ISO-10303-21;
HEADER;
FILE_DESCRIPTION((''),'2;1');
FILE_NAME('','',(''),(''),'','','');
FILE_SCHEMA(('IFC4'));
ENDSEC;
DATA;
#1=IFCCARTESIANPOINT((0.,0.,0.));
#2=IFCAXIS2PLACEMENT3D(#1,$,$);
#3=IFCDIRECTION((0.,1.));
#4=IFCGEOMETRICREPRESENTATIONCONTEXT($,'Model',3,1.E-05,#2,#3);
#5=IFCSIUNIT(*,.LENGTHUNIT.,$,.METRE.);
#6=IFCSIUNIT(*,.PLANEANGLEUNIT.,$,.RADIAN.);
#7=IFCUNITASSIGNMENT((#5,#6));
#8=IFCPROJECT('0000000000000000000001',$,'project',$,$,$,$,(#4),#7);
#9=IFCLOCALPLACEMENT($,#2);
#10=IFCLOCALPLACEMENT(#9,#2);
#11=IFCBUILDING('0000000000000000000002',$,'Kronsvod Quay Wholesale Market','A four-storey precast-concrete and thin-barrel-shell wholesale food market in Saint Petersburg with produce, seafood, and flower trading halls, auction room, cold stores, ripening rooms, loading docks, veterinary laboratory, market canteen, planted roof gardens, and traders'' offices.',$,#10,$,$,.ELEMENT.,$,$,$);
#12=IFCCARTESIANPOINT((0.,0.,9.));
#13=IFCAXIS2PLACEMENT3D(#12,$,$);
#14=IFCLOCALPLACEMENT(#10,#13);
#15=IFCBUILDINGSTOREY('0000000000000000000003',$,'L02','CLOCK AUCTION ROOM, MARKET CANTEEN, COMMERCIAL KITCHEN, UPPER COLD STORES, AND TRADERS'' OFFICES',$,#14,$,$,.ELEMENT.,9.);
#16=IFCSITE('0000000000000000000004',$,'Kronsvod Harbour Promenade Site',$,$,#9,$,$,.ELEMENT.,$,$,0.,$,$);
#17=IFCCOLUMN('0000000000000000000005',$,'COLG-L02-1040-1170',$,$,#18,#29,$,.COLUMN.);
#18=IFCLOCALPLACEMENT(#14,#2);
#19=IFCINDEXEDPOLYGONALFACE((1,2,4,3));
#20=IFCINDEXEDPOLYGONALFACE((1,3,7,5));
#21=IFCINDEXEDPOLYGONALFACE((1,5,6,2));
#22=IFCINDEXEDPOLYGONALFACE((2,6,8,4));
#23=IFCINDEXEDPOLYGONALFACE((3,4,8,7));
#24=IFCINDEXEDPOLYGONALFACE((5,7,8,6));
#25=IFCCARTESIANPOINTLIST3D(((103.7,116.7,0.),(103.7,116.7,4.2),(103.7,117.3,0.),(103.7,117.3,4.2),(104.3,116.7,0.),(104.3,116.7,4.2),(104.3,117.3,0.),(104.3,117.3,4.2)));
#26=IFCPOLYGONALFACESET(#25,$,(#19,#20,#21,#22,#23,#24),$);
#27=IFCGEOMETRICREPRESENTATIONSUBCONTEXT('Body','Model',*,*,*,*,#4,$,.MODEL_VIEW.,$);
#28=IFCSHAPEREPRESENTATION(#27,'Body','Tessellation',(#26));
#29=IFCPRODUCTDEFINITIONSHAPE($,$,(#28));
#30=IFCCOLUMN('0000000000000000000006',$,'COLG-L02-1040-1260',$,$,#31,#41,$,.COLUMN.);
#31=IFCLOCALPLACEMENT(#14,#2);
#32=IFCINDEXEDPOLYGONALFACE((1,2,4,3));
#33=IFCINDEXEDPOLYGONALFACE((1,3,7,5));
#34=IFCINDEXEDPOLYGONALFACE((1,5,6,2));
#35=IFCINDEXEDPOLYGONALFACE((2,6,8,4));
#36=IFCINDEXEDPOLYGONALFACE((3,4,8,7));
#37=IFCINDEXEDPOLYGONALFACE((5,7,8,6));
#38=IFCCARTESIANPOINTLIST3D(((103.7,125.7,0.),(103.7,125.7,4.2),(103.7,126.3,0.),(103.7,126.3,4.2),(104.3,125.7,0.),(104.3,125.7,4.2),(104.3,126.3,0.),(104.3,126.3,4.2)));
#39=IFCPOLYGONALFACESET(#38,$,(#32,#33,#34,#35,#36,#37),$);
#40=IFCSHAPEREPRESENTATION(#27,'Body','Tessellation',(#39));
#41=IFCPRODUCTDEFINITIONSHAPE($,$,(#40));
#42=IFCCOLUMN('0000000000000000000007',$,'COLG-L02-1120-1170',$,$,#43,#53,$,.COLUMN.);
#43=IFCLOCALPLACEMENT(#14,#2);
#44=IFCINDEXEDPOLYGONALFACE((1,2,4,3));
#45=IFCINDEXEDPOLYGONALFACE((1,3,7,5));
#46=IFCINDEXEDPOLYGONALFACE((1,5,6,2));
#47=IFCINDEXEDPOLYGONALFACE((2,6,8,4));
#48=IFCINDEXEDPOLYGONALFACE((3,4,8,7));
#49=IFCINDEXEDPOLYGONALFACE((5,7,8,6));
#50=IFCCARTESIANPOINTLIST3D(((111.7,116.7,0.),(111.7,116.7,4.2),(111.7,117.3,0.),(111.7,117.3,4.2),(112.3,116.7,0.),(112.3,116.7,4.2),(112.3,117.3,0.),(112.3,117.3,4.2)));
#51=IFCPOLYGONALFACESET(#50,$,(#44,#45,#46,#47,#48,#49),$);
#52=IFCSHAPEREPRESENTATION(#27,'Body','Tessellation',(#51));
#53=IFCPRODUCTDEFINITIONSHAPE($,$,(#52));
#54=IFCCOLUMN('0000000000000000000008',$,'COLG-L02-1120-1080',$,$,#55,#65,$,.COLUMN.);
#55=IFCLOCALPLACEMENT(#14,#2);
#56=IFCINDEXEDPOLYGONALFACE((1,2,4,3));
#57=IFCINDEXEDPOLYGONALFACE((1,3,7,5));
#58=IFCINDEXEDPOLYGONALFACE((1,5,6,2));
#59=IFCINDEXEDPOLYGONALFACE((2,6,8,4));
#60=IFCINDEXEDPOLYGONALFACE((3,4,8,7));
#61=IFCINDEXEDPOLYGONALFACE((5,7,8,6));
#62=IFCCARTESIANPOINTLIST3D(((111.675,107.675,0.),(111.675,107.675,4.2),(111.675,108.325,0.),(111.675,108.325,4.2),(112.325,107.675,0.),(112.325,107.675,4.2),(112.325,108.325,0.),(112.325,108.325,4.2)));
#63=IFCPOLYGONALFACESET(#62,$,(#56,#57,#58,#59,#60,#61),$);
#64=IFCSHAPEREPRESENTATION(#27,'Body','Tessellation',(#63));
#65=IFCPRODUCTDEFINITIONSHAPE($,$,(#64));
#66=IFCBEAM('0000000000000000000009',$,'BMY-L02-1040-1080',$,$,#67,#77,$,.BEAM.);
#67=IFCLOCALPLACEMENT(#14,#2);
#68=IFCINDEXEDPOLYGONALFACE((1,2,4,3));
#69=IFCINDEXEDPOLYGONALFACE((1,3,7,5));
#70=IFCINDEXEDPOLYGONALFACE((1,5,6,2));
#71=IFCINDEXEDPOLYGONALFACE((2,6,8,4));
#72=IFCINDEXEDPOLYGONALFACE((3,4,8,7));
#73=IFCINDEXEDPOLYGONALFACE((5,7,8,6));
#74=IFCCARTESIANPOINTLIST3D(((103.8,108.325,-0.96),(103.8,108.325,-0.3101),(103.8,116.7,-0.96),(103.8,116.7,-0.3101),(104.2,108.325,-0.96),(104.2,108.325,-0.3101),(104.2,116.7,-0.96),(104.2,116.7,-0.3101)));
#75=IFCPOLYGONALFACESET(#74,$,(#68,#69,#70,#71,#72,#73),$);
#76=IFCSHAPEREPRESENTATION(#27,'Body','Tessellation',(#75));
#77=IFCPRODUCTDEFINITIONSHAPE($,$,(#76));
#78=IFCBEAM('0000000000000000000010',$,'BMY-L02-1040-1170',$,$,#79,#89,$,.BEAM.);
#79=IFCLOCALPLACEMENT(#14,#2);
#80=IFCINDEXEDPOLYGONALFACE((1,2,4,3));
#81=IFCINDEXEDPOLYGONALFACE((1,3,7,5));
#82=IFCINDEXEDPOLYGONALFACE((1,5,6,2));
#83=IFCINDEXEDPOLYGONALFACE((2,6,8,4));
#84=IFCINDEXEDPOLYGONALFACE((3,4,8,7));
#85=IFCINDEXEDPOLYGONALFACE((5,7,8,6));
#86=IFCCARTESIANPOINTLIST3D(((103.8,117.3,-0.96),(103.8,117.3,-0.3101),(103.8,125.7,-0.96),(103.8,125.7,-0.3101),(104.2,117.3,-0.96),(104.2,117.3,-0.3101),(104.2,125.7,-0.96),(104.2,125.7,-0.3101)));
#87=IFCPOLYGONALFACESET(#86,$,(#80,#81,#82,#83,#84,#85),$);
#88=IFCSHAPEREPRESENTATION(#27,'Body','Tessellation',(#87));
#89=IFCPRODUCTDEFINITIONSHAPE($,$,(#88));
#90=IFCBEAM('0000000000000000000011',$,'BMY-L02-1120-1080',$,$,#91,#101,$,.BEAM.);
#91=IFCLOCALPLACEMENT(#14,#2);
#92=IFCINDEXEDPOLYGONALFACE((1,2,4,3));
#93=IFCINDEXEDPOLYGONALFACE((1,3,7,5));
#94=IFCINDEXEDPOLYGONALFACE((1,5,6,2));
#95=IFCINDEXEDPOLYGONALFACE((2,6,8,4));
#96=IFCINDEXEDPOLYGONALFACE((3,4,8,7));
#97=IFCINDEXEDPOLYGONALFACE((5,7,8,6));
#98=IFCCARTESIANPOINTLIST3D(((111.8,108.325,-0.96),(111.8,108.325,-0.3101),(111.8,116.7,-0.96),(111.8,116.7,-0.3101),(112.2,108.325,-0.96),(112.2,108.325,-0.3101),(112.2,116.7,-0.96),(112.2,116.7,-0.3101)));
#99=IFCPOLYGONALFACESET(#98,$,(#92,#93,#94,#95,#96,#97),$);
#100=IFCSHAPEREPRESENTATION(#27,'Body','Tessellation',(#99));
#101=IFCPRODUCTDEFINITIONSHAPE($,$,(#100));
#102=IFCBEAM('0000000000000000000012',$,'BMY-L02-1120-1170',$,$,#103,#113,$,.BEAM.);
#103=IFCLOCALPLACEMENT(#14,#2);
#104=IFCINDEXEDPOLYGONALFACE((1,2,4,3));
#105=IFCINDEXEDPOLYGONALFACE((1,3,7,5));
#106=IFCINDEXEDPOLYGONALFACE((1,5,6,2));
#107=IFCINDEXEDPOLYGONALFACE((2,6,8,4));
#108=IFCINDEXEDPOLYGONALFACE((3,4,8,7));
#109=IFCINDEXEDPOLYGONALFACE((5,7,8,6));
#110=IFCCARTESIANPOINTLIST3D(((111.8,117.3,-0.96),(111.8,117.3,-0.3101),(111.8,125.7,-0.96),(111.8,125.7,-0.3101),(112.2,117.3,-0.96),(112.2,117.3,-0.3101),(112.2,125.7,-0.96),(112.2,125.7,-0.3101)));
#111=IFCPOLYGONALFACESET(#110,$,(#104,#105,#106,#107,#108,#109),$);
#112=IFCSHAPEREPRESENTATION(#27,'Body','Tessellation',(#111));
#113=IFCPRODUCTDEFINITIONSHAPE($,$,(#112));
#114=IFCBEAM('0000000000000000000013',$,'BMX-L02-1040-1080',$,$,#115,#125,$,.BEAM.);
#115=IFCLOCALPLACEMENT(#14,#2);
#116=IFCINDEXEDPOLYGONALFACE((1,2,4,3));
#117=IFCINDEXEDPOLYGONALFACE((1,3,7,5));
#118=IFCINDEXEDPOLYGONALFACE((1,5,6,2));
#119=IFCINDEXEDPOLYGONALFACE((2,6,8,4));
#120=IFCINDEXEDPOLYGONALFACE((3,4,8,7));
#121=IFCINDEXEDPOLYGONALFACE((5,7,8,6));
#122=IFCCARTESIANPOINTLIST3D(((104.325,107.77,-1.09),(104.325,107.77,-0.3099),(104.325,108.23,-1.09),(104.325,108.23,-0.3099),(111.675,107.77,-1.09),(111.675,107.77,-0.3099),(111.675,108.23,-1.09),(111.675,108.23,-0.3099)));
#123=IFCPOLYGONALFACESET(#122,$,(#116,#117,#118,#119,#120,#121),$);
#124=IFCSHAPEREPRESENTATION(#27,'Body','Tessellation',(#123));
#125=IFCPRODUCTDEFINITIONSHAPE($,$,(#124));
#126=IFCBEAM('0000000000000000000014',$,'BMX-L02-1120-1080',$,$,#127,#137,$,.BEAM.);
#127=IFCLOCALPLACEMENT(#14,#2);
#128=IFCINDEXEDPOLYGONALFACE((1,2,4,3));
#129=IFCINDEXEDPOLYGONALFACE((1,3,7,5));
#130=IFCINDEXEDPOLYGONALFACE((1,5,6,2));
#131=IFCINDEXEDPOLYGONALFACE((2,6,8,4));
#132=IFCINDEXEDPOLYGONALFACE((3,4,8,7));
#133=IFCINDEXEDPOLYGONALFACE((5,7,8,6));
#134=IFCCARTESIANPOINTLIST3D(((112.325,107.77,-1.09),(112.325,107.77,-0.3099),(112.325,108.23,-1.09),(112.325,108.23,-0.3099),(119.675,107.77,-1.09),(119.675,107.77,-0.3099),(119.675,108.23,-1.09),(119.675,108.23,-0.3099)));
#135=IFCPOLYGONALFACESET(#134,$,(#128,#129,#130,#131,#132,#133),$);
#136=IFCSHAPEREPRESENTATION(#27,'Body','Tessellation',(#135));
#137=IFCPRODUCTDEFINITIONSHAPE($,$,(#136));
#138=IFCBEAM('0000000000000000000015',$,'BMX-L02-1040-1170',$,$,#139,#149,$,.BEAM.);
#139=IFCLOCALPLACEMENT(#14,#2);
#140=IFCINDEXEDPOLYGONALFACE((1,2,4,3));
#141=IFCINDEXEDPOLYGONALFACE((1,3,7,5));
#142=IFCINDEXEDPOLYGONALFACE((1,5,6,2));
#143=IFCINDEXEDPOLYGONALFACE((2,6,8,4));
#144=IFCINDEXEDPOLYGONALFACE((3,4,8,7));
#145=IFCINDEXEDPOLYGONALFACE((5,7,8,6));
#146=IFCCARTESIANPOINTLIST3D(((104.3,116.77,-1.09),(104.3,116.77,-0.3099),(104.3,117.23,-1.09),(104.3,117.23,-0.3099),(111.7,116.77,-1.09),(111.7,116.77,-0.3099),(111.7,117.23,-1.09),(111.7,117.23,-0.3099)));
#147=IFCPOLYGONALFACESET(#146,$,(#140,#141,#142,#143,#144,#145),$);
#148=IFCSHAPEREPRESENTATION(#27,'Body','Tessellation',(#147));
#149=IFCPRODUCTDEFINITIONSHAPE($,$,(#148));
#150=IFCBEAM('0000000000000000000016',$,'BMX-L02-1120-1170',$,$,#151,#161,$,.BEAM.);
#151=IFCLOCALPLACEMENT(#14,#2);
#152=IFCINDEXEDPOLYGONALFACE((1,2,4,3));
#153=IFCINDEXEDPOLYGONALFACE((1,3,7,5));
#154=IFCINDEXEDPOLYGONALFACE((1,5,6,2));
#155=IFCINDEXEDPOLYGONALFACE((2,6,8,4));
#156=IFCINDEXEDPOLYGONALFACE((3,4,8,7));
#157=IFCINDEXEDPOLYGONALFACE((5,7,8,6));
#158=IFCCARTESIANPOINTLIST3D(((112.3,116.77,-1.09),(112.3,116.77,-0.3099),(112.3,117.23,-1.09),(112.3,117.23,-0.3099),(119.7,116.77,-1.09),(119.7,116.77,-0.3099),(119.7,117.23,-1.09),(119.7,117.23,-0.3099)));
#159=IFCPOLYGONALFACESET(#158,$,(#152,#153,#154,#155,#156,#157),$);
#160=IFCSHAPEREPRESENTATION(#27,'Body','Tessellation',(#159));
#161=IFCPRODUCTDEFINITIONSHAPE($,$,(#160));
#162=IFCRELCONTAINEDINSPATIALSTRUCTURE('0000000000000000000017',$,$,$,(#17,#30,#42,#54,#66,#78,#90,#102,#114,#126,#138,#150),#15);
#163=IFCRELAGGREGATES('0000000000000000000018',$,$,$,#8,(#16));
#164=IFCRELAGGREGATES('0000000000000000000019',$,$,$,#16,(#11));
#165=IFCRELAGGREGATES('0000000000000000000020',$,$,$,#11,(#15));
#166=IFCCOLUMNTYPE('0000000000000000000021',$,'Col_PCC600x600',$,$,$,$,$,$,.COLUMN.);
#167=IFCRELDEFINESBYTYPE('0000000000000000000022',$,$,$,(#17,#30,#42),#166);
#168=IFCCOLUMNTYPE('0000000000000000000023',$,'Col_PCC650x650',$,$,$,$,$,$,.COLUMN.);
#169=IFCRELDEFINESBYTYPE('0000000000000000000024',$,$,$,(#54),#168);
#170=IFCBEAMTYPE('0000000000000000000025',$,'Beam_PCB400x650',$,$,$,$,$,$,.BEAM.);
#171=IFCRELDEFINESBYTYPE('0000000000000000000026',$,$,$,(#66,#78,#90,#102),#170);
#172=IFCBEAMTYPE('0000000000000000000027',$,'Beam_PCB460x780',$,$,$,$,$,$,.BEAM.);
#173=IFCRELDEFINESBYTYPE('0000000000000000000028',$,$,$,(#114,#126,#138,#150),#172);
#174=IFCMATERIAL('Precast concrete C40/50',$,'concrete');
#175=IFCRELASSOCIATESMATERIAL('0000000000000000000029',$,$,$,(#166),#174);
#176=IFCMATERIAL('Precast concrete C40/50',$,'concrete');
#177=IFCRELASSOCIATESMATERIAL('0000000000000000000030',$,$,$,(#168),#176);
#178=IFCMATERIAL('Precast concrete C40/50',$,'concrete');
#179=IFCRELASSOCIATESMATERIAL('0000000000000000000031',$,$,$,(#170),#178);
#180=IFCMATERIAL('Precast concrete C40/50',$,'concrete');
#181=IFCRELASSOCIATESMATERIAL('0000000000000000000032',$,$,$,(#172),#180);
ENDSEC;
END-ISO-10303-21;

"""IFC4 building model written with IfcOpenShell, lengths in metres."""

from ifc_helpers import new_model, si_unit, direction, frame, origin, origin_2d, place, context, subcontext, project, spatial, rectangle, extrude, material, material_profile, profile_set, type_object, element, save


model = new_model("IFC4")

# Units and contexts
model_context = context("Model", 3, precision=1e-05, world=origin(), true_north=direction((0.0, 1.0)))
body_context = subcontext(model_context, "Body", "Model", "MODEL_VIEW")
ifc_project = project(units=[si_unit("LENGTHUNIT", "METRE"), si_unit("PLANEANGLEUNIT", "RADIAN")], contexts=[model_context])

# Site, building, storey
site_placement = place(None, origin())
site = spatial("IfcSite", under=ifc_project, at=site_placement, Name="Kronsvod Harbour Promenade Site", CompositionType="ELEMENT", RefElevation=0.0)
building_placement = place(site_placement, origin())
building = spatial("IfcBuilding", under=site, at=building_placement, Name="Kronsvod Quay Wholesale Market", Description="A four-storey precast-concrete and thin-barrel-shell wholesale food market in Saint Petersburg with produce, seafood, and flower trading halls, auction room, cold stores, ripening rooms, loading docks, veterinary laboratory, market canteen, planted roof gardens, and traders' offices.", CompositionType="ELEMENT")
storey_placement = place(building_placement, frame((0.0, 0.0, 9.0)))
storey = spatial("IfcBuildingStorey", under=building, at=storey_placement, Name="L02", Description="CLOCK AUCTION ROOM, MARKET CANTEEN, COMMERCIAL KITCHEN, UPPER COLD STORES, AND TRADERS' OFFICES", CompositionType="ELEMENT", Elevation=9.0)

# Columns
ifc_material_1 = material(Name="Precast concrete C40/50", Category="concrete")
ifc_material_profile_1 = material_profile(ifc_material_1, rectangle(XDim=0.6001, YDim=0.6001, at=origin_2d()), Name="PCC600x600")
ifc_profile_set_1 = profile_set([ifc_material_profile_1], Name="Precast concrete C40/50")
column_type_1 = type_object("IfcColumnType", Name="Col_PCC600x600", PredefinedType="COLUMN", material=ifc_profile_set_1)
for number, where, z_axis, x_axis, name in (
    (1, (104.0, 117.0, 0.0), (0.0, 0.0, 1.0), (1.0, 0.0, 0.0), "COLG-L02-1040-1170"),
    (2, (104.0, 126.0, 0.0), (0.0, 0.0, 1.0), (1.0, 0.0, 0.0), "COLG-L02-1040-1260"),
    (3, (112.0, 117.0, 0.0), (0.0, 0.0, 1.0), (1.0, 0.0, 0.0), "COLG-L02-1120-1170"),
):
    element("IfcColumn", number, at=place(storey_placement, frame(where, z_axis=z_axis, x_axis=x_axis)), inside=storey, type_object=column_type_1, Name=name, PredefinedType="COLUMN", context=body_context, shape_type="SweptSolid", body=[
        extrude(rectangle(XDim=0.6001, YDim=0.6001, at=origin_2d()), origin(), (0.0, 0.0, 1.0), 4.2),
    ])
ifc_material_2 = material(Name="Precast concrete C40/50", Category="concrete")
ifc_material_profile_2 = material_profile(ifc_material_2, rectangle(XDim=0.6499, YDim=0.6499, at=origin_2d()), Name="COL-08")
ifc_profile_set_2 = profile_set([ifc_material_profile_2], Name="Precast concrete C40/50")
column_type_2 = type_object("IfcColumnType", Name="Col_PCC650x650", PredefinedType="COLUMN", material=ifc_profile_set_2)
column_placement = place(storey_placement, frame((112.0, 108.0, 0.0), z_axis=(0.0, 0.0, 1.0), x_axis=(1.0, 0.0, 0.0)))
element("IfcColumn", 4, at=column_placement, inside=storey, type_object=column_type_2, Name="COLG-L02-1120-1080", PredefinedType="COLUMN", context=body_context, shape_type="SweptSolid", body=[
    extrude(rectangle(XDim=0.6499, YDim=0.6499, at=origin_2d()), origin(), (0.0, 0.0, 1.0), 4.2),
])

# Beams
ifc_material_3 = material(Name="Precast concrete C40/50", Category="concrete")
ifc_material_profile_3 = material_profile(ifc_material_3, rectangle(XDim=0.3999, YDim=0.6499, at=origin_2d()), Name="PCB400x650")
ifc_profile_set_3 = profile_set([ifc_material_profile_3], Name="Precast concrete C40/50")
beam_type_1 = type_object("IfcBeamType", Name="Beam_PCB400x650", PredefinedType="BEAM", material=ifc_profile_set_3)
beam_1_placement = place(storey_placement, frame((104.0, 108.325, -0.635), z_axis=(0.0, 1.0, 0.0), x_axis=(-1.0, 0.0, 0.0)))
element("IfcBeam", 5, at=beam_1_placement, inside=storey, type_object=beam_type_1, Name="BMY-L02-1040-1080", PredefinedType="BEAM", context=body_context, shape_type="SweptSolid", body=[
    extrude(rectangle(XDim=0.3999, YDim=0.6499, at=origin_2d()), origin(), (0.0, 0.0, 1.0), 8.375),
])
beam_2_placement = place(storey_placement, frame((104.0, 117.3, -0.635), z_axis=(0.0, 1.0, 0.0), x_axis=(-1.0, 0.0, 0.0)))
element("IfcBeam", 6, at=beam_2_placement, inside=storey, type_object=beam_type_1, Name="BMY-L02-1040-1170", PredefinedType="BEAM", context=body_context, shape_type="SweptSolid", body=[
    extrude(rectangle(XDim=0.3999, YDim=0.6499, at=origin_2d()), origin(), (0.0, 0.0, 1.0), 8.3999),
])
beam_3_placement = place(storey_placement, frame((112.0, 108.325, -0.635), z_axis=(0.0, 1.0, 0.0), x_axis=(-1.0, 0.0, 0.0)))
element("IfcBeam", 7, at=beam_3_placement, inside=storey, type_object=beam_type_1, Name="BMY-L02-1120-1080", PredefinedType="BEAM", context=body_context, shape_type="SweptSolid", body=[
    extrude(rectangle(XDim=0.3999, YDim=0.6499, at=origin_2d()), origin(), (0.0, 0.0, 1.0), 8.375),
])
beam_4_placement = place(storey_placement, frame((112.0, 117.3, -0.635), z_axis=(0.0, 1.0, 0.0), x_axis=(-1.0, 0.0, 0.0)))
element("IfcBeam", 8, at=beam_4_placement, inside=storey, type_object=beam_type_1, Name="BMY-L02-1120-1170", PredefinedType="BEAM", context=body_context, shape_type="SweptSolid", body=[
    extrude(rectangle(XDim=0.3999, YDim=0.6499, at=origin_2d()), origin(), (0.0, 0.0, 1.0), 8.3999),
])
ifc_material_4 = material(Name="Precast concrete C40/50", Category="concrete")
ifc_material_profile_4 = material_profile(ifc_material_4, rectangle(XDim=0.46, YDim=0.78, at=origin_2d()), Name="PB-03")
ifc_profile_set_4 = profile_set([ifc_material_profile_4], Name="Precast concrete C40/50")
beam_type_2 = type_object("IfcBeamType", Name="Beam_PCB460x780", PredefinedType="BEAM", material=ifc_profile_set_4)
for number, where, z_axis, x_axis, name in (
    (9, (104.325, 108.0, -0.7), (1.0, 0.0, 0.0), (0.0, 1.0, 0.0), "BMX-L02-1040-1080"),
    (10, (112.325, 108.0, -0.7), (1.0, 0.0, 0.0), (0.0, 1.0, 0.0), "BMX-L02-1120-1080"),
):
    element("IfcBeam", number, at=place(storey_placement, frame(where, z_axis=z_axis, x_axis=x_axis)), inside=storey, type_object=beam_type_2, Name=name, PredefinedType="BEAM", context=body_context, shape_type="SweptSolid", body=[
        extrude(rectangle(XDim=0.46, YDim=0.78, at=origin_2d()), origin(), (0.0, 0.0, 1.0), 7.3501),
    ])
for number, where, z_axis, x_axis, name in (
    (11, (104.3, 117.0, -0.7), (1.0, 0.0, 0.0), (0.0, 1.0, 0.0), "BMX-L02-1040-1170"),
    (12, (112.3, 117.0, -0.7), (1.0, 0.0, 0.0), (0.0, 1.0, 0.0), "BMX-L02-1120-1170"),
):
    element("IfcBeam", number, at=place(storey_placement, frame(where, z_axis=z_axis, x_axis=x_axis)), inside=storey, type_object=beam_type_2, Name=name, PredefinedType="BEAM", context=body_context, shape_type="SweptSolid", body=[
        extrude(rectangle(XDim=0.46, YDim=0.78, at=origin_2d()), origin(), (0.0, 0.0, 1.0), 7.3999),
    ])

save(model, "model.ifc")
